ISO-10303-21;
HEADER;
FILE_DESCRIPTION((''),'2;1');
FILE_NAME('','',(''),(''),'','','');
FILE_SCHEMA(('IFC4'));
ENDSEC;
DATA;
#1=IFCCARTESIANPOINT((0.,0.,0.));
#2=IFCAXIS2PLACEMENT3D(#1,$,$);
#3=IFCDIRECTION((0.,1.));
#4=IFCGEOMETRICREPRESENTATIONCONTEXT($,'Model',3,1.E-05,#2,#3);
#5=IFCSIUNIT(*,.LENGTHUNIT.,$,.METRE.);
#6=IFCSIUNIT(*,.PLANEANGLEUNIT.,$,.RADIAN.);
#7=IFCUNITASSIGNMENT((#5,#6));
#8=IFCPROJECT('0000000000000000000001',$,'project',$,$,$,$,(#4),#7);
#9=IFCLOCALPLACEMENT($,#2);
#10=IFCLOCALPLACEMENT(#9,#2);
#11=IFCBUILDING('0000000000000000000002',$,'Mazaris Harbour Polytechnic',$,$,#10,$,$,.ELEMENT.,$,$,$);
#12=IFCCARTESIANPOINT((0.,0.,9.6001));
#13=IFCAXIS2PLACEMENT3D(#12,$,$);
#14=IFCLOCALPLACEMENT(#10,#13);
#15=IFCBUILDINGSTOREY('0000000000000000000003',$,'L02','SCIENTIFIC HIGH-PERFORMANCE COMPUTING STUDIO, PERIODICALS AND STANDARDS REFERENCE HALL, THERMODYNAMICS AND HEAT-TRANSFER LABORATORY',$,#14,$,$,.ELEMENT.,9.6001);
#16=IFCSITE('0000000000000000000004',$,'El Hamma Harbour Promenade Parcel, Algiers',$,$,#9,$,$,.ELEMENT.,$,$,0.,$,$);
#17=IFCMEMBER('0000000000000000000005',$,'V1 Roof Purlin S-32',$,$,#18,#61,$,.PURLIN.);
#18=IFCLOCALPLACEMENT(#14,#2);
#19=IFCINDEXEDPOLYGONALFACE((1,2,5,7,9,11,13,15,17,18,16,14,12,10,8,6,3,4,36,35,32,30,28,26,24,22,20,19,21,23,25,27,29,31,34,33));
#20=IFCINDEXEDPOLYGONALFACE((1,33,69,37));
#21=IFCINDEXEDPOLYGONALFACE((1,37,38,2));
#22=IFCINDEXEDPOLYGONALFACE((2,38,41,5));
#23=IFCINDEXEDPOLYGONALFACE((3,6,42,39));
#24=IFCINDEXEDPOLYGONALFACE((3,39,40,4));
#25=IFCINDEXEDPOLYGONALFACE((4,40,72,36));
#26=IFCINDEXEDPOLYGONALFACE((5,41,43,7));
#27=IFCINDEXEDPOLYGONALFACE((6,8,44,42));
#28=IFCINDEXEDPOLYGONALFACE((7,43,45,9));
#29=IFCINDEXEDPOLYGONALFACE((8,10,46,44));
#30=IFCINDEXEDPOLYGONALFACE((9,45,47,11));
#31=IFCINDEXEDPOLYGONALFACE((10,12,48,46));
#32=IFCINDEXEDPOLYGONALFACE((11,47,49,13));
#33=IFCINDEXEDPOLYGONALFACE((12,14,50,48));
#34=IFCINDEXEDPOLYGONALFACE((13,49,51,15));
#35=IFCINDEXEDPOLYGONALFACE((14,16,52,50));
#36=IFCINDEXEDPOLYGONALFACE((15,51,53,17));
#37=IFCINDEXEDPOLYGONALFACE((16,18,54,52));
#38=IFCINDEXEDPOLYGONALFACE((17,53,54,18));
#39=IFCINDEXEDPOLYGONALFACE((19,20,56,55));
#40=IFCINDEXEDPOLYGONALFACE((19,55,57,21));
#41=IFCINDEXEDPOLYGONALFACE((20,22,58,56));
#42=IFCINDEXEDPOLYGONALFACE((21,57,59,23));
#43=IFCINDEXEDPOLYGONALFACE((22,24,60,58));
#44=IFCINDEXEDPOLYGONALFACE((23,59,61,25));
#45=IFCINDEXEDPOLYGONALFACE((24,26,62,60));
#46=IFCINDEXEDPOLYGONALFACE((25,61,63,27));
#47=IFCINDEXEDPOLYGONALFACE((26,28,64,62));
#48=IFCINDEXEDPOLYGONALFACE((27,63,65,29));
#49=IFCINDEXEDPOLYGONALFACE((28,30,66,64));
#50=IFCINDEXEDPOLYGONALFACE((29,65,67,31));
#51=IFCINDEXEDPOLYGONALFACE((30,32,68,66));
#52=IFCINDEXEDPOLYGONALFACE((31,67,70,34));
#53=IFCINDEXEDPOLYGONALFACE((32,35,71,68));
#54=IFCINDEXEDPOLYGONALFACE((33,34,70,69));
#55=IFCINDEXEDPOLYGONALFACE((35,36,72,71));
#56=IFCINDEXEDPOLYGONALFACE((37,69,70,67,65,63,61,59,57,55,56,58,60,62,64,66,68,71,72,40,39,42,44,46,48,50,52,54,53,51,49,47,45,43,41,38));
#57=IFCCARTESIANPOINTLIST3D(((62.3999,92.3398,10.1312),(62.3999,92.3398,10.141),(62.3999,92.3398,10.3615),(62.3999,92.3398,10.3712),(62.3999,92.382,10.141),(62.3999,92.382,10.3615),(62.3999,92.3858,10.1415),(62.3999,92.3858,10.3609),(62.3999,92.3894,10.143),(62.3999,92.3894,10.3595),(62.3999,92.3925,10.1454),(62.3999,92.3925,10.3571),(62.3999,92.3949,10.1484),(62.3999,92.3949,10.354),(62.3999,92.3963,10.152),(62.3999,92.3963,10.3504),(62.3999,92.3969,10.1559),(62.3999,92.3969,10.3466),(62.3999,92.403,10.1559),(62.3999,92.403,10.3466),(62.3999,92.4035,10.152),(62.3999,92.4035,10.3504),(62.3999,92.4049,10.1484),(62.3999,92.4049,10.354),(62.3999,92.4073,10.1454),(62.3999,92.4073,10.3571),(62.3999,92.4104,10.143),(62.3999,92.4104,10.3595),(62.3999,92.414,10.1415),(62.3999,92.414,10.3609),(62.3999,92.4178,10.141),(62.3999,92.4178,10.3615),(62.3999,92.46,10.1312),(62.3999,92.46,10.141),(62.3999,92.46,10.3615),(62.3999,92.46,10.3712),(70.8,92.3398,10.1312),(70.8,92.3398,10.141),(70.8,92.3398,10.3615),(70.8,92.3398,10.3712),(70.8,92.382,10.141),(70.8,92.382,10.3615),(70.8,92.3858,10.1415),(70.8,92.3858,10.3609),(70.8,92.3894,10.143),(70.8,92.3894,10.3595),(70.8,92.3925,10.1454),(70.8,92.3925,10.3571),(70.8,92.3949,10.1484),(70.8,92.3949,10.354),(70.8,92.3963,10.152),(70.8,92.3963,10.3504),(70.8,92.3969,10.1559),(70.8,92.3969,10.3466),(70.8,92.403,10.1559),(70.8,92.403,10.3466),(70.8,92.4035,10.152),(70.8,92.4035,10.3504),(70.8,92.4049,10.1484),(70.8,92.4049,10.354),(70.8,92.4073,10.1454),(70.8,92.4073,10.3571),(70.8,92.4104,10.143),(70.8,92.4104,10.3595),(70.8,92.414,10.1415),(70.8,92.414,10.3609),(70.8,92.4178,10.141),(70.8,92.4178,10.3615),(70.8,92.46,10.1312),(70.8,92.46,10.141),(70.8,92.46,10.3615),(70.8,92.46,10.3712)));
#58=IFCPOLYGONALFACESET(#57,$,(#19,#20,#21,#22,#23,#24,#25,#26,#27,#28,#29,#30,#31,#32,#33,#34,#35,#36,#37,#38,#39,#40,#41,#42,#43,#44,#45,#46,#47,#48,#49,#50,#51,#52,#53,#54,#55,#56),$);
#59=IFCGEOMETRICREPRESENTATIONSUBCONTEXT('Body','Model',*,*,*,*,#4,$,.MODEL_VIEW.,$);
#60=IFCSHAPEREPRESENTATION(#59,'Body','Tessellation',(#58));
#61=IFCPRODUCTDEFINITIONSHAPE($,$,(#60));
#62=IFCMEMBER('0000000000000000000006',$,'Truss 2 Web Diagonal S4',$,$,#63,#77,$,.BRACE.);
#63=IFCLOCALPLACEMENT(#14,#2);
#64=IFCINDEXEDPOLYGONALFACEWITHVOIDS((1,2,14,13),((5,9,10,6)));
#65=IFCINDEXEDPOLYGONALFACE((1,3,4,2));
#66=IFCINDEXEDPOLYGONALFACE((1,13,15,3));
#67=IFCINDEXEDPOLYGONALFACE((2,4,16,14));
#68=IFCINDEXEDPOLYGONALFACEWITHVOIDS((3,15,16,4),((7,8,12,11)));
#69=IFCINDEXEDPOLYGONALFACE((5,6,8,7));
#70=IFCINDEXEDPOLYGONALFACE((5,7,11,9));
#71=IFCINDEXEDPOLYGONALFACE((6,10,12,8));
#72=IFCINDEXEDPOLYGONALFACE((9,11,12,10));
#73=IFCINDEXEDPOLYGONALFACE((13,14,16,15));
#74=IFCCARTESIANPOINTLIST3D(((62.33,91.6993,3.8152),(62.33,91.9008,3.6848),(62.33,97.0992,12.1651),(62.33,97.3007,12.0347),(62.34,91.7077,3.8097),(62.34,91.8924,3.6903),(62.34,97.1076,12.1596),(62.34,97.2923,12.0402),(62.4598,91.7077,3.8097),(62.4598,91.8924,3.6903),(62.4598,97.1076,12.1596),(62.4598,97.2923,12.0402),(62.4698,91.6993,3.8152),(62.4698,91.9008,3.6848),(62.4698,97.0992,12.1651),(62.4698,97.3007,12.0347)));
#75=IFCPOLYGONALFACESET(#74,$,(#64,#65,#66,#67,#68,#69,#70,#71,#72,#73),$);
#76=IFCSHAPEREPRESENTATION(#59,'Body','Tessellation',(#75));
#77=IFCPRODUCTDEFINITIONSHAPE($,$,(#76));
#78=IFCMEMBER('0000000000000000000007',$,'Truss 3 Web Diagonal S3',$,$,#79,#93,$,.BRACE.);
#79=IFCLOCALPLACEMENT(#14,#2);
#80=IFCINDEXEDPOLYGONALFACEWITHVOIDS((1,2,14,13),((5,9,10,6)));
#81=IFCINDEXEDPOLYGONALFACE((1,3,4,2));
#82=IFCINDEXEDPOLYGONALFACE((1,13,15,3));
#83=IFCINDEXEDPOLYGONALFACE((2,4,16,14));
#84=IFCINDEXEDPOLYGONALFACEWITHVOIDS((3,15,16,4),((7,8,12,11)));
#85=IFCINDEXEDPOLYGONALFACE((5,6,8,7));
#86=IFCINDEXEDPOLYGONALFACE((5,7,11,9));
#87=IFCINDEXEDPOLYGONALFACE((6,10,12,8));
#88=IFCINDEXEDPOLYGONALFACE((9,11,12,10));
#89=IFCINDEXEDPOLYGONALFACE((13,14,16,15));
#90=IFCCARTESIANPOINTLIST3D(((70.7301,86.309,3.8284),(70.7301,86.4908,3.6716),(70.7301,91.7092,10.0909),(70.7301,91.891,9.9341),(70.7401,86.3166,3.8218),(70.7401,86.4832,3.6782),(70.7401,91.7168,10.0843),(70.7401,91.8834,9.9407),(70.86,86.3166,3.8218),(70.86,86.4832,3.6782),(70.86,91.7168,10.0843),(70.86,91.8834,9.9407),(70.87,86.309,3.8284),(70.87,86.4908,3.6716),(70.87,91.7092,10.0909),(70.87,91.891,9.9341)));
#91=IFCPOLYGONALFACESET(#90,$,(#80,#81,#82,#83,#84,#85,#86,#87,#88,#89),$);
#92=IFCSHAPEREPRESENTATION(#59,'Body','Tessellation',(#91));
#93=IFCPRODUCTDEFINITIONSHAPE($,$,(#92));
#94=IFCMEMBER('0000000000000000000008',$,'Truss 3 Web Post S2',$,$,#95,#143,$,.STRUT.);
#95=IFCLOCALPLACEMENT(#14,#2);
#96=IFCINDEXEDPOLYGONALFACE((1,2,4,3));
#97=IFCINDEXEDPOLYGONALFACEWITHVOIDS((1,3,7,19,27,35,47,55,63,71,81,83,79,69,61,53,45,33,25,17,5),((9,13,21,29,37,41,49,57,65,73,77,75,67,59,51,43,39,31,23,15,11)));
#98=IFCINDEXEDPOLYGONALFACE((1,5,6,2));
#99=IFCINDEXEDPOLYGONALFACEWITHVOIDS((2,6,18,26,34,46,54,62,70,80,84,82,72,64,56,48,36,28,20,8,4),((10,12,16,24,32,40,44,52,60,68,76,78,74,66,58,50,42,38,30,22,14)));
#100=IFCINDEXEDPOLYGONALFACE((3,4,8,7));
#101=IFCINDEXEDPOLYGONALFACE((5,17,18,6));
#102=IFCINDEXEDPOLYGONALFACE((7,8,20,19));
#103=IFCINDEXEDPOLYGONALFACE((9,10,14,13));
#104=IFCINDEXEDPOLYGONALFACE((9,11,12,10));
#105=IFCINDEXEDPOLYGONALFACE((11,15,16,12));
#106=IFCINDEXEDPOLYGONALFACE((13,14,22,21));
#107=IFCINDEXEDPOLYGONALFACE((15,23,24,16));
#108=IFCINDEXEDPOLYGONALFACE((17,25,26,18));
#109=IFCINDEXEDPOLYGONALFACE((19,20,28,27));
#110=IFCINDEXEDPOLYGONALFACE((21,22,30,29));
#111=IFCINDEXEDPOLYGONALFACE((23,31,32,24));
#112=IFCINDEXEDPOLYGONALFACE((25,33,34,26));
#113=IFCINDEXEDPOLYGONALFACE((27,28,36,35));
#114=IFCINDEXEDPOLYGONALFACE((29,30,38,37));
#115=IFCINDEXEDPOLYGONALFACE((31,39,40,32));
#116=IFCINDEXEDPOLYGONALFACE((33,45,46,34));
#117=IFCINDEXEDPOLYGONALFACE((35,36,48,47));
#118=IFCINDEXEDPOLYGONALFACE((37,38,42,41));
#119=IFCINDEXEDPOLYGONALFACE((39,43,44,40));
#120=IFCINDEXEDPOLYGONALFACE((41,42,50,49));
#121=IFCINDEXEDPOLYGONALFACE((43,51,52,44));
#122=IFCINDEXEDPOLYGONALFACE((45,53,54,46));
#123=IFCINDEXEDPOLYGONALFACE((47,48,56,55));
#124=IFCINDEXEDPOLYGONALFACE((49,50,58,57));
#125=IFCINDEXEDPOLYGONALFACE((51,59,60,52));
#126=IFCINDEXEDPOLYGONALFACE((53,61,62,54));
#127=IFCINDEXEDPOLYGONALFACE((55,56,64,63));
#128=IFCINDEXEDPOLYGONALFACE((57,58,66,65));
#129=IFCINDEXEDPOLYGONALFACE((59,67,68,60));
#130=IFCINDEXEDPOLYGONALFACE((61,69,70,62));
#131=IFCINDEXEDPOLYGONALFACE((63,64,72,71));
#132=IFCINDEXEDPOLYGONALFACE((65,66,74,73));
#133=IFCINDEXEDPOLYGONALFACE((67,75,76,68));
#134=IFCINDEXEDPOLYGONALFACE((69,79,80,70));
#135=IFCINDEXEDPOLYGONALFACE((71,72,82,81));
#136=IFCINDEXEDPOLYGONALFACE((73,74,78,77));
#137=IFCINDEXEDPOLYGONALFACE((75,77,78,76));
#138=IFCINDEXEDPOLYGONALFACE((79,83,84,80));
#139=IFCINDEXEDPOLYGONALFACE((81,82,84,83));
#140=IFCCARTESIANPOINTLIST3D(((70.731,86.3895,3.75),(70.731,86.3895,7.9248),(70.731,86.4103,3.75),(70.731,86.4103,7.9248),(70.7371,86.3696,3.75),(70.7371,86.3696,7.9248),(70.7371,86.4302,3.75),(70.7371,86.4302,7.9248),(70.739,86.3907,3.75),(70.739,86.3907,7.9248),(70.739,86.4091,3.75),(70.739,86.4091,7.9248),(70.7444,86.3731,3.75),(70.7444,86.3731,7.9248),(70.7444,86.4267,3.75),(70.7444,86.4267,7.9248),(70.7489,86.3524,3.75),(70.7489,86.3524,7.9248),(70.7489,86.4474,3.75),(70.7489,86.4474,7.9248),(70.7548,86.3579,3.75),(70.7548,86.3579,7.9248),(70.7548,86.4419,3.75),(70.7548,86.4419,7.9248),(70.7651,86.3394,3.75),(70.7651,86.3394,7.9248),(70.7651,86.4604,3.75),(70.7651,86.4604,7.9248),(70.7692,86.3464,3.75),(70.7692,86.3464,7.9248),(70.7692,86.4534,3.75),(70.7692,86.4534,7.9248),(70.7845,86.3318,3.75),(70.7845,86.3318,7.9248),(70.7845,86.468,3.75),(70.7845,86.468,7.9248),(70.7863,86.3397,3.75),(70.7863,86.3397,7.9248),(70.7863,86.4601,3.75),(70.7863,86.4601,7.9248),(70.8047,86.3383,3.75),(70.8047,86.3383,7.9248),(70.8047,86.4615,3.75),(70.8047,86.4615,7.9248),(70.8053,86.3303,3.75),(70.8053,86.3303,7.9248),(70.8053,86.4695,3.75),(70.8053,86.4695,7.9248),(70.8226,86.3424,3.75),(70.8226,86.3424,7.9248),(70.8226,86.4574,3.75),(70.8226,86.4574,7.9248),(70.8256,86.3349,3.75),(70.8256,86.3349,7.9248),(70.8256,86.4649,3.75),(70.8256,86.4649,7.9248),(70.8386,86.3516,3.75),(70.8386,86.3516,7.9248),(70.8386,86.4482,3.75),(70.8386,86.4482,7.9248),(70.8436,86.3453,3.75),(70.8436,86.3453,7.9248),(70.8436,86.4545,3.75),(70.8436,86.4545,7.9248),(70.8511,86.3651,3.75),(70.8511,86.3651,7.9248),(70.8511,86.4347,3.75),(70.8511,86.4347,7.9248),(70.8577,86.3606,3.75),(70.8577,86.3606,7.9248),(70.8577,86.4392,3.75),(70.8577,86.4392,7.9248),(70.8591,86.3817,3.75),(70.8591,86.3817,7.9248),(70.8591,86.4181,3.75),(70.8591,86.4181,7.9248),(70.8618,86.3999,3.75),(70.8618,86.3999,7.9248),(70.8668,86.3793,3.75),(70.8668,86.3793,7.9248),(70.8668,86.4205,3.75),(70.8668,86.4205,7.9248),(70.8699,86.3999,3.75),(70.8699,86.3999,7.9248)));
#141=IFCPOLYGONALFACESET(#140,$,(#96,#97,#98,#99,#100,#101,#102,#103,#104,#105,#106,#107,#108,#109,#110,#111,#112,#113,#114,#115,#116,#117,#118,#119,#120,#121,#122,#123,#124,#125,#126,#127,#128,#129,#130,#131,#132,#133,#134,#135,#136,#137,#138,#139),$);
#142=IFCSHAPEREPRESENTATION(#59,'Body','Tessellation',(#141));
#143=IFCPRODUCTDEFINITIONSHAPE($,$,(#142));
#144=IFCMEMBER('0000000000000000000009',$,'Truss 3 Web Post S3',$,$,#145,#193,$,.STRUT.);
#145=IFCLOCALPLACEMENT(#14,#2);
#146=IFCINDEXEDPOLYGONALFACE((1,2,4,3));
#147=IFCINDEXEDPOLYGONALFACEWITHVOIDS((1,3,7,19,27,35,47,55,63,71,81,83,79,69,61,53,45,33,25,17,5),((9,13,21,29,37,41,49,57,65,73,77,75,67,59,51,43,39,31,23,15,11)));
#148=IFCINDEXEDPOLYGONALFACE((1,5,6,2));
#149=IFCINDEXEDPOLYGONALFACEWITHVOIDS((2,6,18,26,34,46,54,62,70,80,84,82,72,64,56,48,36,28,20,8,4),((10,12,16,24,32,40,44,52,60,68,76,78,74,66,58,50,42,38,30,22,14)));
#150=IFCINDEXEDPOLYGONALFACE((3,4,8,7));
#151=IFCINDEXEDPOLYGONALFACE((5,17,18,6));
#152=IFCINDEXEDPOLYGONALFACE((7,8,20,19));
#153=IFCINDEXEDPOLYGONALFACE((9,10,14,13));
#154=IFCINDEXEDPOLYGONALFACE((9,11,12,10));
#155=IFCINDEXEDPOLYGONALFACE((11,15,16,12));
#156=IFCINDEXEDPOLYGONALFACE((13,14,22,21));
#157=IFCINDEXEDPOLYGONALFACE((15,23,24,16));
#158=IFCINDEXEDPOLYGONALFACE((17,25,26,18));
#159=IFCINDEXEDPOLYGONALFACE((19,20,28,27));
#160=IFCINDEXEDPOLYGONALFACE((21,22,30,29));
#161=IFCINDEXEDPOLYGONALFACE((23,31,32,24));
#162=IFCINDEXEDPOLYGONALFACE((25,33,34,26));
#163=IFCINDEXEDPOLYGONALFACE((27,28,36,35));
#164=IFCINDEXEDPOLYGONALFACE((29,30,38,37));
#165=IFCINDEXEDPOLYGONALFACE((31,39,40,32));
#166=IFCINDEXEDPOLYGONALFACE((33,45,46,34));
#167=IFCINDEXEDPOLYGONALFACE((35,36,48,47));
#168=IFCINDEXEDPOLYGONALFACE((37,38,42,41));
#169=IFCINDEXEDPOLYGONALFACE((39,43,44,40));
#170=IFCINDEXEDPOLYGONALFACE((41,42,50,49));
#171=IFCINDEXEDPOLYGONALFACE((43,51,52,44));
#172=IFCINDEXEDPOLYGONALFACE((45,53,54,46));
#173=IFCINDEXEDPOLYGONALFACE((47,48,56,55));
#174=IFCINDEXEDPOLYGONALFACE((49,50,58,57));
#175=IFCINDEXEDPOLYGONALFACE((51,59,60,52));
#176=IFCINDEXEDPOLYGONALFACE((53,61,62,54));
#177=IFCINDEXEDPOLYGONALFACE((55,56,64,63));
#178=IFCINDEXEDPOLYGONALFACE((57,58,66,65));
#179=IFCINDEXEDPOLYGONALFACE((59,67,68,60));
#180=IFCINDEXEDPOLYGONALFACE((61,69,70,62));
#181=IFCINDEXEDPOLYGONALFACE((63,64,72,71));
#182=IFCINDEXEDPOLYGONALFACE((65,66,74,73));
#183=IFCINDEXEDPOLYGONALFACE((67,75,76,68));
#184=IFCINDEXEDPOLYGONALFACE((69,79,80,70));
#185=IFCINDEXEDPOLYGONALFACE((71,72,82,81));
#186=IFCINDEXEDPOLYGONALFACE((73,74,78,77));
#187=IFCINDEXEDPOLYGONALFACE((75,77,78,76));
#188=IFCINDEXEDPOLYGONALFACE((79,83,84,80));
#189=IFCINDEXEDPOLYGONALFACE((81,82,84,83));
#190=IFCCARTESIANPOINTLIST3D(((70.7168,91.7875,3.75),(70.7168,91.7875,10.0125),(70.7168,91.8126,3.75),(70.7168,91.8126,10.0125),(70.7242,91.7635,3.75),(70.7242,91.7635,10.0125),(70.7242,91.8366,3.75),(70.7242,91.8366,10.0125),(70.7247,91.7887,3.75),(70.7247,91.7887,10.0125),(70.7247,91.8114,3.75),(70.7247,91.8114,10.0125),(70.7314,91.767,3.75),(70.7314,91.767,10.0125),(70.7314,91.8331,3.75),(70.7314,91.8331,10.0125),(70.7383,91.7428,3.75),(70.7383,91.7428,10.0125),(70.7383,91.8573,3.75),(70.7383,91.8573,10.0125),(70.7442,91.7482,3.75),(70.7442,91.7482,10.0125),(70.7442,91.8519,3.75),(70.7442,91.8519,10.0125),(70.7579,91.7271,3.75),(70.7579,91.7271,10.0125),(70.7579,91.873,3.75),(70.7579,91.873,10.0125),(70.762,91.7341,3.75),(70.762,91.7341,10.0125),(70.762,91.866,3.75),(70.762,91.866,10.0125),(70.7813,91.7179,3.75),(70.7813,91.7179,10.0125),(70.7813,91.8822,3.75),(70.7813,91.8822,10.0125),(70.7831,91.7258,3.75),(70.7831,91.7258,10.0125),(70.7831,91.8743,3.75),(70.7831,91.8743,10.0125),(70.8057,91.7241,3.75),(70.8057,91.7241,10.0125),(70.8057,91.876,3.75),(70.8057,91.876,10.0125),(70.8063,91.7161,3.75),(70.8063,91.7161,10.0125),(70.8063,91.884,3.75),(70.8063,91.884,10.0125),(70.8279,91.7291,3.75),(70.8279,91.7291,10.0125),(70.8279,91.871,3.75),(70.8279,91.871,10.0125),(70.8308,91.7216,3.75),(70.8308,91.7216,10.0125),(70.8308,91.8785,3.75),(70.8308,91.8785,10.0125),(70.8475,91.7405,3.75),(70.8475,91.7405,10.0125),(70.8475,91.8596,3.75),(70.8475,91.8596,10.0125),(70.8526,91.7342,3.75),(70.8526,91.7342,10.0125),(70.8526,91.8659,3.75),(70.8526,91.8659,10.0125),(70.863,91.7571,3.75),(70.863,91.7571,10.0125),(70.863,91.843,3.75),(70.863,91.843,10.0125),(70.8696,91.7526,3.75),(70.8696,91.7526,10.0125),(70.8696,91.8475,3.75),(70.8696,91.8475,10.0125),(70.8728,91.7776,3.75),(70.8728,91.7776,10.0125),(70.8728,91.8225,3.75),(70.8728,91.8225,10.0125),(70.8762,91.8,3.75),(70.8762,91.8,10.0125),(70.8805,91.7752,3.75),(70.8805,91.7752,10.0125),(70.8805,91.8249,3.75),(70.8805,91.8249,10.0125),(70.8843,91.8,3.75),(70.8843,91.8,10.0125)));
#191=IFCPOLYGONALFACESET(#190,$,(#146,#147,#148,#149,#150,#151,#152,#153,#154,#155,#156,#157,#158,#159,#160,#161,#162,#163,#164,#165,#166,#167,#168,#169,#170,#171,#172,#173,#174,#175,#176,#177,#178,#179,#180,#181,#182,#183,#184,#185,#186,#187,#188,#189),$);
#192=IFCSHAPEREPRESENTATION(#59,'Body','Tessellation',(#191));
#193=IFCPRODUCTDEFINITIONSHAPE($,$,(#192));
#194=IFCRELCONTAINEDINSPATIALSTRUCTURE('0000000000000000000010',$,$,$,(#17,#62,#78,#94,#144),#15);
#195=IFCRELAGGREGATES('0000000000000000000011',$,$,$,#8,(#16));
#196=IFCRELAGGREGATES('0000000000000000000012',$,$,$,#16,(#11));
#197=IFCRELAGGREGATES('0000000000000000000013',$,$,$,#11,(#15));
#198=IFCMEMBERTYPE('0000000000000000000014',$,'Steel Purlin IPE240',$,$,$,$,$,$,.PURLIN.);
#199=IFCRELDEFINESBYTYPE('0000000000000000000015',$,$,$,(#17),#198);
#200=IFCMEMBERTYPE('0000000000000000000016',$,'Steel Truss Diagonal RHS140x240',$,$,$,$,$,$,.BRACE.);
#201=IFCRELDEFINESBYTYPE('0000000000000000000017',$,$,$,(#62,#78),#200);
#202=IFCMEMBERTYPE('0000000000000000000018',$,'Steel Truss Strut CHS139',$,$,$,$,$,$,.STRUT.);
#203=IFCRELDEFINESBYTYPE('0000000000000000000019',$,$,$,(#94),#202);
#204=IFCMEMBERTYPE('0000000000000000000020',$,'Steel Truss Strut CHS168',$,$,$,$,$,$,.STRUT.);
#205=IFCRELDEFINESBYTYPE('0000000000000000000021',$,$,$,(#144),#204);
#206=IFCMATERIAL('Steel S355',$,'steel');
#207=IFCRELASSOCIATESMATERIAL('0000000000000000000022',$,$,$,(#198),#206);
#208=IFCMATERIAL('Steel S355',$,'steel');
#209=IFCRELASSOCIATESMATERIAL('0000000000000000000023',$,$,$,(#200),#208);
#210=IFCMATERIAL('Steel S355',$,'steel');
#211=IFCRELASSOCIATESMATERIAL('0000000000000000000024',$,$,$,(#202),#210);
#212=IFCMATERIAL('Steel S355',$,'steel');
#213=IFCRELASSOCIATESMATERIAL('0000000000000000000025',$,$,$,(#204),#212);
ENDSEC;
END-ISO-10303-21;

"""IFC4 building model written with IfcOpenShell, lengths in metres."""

from ifc_helpers import new_model, si_unit, direction, frame, origin, origin_2d, place, context, subcontext, project, spatial, hollow_rectangle, hollow_circle, i_section, extrude, material, material_profile, profile_set, type_object, element, save


model = new_model("IFC4")

# Units and contexts
model_context = context("Model", 3, precision=1e-05, world=origin(), true_north=direction((0.0, 1.0)))
body_context = subcontext(model_context, "Body", "Model", "MODEL_VIEW")
ifc_project = project(units=[si_unit("LENGTHUNIT", "METRE"), si_unit("PLANEANGLEUNIT", "RADIAN")], contexts=[model_context])

# Site, building, storey
site_placement = place(None, origin())
site = spatial("IfcSite", under=ifc_project, at=site_placement, Name="El Hamma Harbour Promenade Parcel, Algiers", CompositionType="ELEMENT", RefElevation=0.0)
building_placement = place(site_placement, origin())
building = spatial("IfcBuilding", under=site, at=building_placement, Name="Mazaris Harbour Polytechnic", CompositionType="ELEMENT")
storey_placement = place(building_placement, frame((0.0, 0.0, 9.6001)))
storey = spatial("IfcBuildingStorey", under=building, at=storey_placement, Name="L02", Description="SCIENTIFIC HIGH-PERFORMANCE COMPUTING STUDIO, PERIODICALS AND STANDARDS REFERENCE HALL, THERMODYNAMICS AND HEAT-TRANSFER LABORATORY", CompositionType="ELEMENT", Elevation=9.6001)

# Members
ifc_material_1 = material(Name="Steel S355", Category="steel")
ifc_material_profile_1 = material_profile(ifc_material_1, i_section(OverallWidth=0.1201, OverallDepth=0.24, WebThickness=0.0061, FlangeThickness=0.0098, FilletRadius=0.0149, at=origin_2d()), Name="IPE 240")
ifc_profile_set_1 = profile_set([ifc_material_profile_1], Name="Steel S355")
member_type_1 = type_object("IfcMemberType", Name="Steel Purlin IPE240", PredefinedType="PURLIN", material=ifc_profile_set_1)
member_1_placement = place(storey_placement, frame((62.3999, 92.3999, 10.2512), z_axis=(1.0, 0.0, 0.0), x_axis=(0.0, 1.0, 0.0)))
element("IfcMember", 1, at=member_1_placement, inside=storey, type_object=member_type_1, Name="V1 Roof Purlin S-32", PredefinedType="PURLIN", context=body_context, shape_type="SweptSolid", body=[
    extrude(i_section(OverallWidth=0.1201, OverallDepth=0.24, WebThickness=0.0061, FlangeThickness=0.0098, FilletRadius=0.0149, at=origin_2d()), origin(), (0.0, 0.0, 1.0), 8.4001),
])
ifc_material_2 = material(Name="Steel S355", Category="steel")
ifc_material_profile_2 = material_profile(ifc_material_2, hollow_rectangle(XDim=0.1399, YDim=0.24, WallThickness=0.01, at=origin_2d()), Name="RHS 140x240x10.0")
ifc_profile_set_2 = profile_set([ifc_material_profile_2], Name="Steel S355")
member_type_2 = type_object("IfcMemberType", Name="Steel Truss Diagonal RHS140x240", PredefinedType="BRACE", material=ifc_profile_set_2)
member_2_placement = place(storey_placement, frame((62.3999, 91.8, 3.75), z_axis=(0.0, 0.543043, 0.839705), x_axis=(-1.0, 0.0, 0.0)))
element("IfcMember", 2, at=member_2_placement, inside=storey, type_object=member_type_2, Name="Truss 2 Web Diagonal S4", PredefinedType="BRACE", context=body_context, shape_type="SweptSolid", body=[
    extrude(hollow_rectangle(XDim=0.1399, YDim=0.24, WallThickness=0.01, at=origin_2d()), origin(), (0.0, 0.0, 1.0), 9.9438),
])
member_3_placement = place(storey_placement, frame((70.8, 86.3999, 3.75), z_axis=(0.0, 0.653042, 0.757321), x_axis=(-1.0, 0.0, 0.0)))
element("IfcMember", 3, at=member_3_placement, inside=storey, type_object=member_type_2, Name="Truss 3 Web Diagonal S3", PredefinedType="BRACE", context=body_context, shape_type="SweptSolid", body=[
    extrude(hollow_rectangle(XDim=0.1399, YDim=0.24, WallThickness=0.01, at=origin_2d()), origin(), (0.0, 0.0, 1.0), 8.2693),
])
ifc_material_3 = material(Name="Steel S355", Category="steel")
ifc_material_profile_3 = material_profile(ifc_material_3, hollow_circle(Radius=0.0698, WallThickness=0.0081, at=origin_2d()), Name="CHS 139.7x8.0")
ifc_profile_set_3 = profile_set([ifc_material_profile_3], Name="Steel S355")
member_type_3 = type_object("IfcMemberType", Name="Steel Truss Strut CHS139", PredefinedType="STRUT", material=ifc_profile_set_3)
member_4_placement = place(storey_placement, frame((70.8, 86.3999, 3.75), z_axis=(0.0, 0.0, 1.0), x_axis=(1.0, 0.0, 0.0)))
element("IfcMember", 4, at=member_4_placement, inside=storey, type_object=member_type_3, Name="Truss 3 Web Post S2", PredefinedType="STRUT", context=body_context, shape_type="SweptSolid", body=[
    extrude(hollow_circle(Radius=0.0698, WallThickness=0.0081, at=origin_2d()), origin(), (0.0, 0.0, 1.0), 4.1748),
])
ifc_material_4 = material(Name="Steel S355", Category="steel")
ifc_material_profile_4 = material_profile(ifc_material_4, hollow_circle(Radius=0.0842, WallThickness=0.0081, at=origin_2d()), Name="CHS 168.3x8.0")
ifc_profile_set_4 = profile_set([ifc_material_profile_4], Name="Steel S355")
member_type_4 = type_object("IfcMemberType", Name="Steel Truss Strut CHS168", PredefinedType="STRUT", material=ifc_profile_set_4)
member_5_placement = place(storey_placement, frame((70.8, 91.8, 3.75), z_axis=(0.0, 0.0, 1.0), x_axis=(1.0, 0.0, 0.0)))
element("IfcMember", 5, at=member_5_placement, inside=storey, type_object=member_type_4, Name="Truss 3 Web Post S3", PredefinedType="STRUT", context=body_context, shape_type="SweptSolid", body=[
    extrude(hollow_circle(Radius=0.0842, WallThickness=0.0081, at=origin_2d()), origin(), (0.0, 0.0, 1.0), 6.2625),
])

save(model, "model.ifc")
